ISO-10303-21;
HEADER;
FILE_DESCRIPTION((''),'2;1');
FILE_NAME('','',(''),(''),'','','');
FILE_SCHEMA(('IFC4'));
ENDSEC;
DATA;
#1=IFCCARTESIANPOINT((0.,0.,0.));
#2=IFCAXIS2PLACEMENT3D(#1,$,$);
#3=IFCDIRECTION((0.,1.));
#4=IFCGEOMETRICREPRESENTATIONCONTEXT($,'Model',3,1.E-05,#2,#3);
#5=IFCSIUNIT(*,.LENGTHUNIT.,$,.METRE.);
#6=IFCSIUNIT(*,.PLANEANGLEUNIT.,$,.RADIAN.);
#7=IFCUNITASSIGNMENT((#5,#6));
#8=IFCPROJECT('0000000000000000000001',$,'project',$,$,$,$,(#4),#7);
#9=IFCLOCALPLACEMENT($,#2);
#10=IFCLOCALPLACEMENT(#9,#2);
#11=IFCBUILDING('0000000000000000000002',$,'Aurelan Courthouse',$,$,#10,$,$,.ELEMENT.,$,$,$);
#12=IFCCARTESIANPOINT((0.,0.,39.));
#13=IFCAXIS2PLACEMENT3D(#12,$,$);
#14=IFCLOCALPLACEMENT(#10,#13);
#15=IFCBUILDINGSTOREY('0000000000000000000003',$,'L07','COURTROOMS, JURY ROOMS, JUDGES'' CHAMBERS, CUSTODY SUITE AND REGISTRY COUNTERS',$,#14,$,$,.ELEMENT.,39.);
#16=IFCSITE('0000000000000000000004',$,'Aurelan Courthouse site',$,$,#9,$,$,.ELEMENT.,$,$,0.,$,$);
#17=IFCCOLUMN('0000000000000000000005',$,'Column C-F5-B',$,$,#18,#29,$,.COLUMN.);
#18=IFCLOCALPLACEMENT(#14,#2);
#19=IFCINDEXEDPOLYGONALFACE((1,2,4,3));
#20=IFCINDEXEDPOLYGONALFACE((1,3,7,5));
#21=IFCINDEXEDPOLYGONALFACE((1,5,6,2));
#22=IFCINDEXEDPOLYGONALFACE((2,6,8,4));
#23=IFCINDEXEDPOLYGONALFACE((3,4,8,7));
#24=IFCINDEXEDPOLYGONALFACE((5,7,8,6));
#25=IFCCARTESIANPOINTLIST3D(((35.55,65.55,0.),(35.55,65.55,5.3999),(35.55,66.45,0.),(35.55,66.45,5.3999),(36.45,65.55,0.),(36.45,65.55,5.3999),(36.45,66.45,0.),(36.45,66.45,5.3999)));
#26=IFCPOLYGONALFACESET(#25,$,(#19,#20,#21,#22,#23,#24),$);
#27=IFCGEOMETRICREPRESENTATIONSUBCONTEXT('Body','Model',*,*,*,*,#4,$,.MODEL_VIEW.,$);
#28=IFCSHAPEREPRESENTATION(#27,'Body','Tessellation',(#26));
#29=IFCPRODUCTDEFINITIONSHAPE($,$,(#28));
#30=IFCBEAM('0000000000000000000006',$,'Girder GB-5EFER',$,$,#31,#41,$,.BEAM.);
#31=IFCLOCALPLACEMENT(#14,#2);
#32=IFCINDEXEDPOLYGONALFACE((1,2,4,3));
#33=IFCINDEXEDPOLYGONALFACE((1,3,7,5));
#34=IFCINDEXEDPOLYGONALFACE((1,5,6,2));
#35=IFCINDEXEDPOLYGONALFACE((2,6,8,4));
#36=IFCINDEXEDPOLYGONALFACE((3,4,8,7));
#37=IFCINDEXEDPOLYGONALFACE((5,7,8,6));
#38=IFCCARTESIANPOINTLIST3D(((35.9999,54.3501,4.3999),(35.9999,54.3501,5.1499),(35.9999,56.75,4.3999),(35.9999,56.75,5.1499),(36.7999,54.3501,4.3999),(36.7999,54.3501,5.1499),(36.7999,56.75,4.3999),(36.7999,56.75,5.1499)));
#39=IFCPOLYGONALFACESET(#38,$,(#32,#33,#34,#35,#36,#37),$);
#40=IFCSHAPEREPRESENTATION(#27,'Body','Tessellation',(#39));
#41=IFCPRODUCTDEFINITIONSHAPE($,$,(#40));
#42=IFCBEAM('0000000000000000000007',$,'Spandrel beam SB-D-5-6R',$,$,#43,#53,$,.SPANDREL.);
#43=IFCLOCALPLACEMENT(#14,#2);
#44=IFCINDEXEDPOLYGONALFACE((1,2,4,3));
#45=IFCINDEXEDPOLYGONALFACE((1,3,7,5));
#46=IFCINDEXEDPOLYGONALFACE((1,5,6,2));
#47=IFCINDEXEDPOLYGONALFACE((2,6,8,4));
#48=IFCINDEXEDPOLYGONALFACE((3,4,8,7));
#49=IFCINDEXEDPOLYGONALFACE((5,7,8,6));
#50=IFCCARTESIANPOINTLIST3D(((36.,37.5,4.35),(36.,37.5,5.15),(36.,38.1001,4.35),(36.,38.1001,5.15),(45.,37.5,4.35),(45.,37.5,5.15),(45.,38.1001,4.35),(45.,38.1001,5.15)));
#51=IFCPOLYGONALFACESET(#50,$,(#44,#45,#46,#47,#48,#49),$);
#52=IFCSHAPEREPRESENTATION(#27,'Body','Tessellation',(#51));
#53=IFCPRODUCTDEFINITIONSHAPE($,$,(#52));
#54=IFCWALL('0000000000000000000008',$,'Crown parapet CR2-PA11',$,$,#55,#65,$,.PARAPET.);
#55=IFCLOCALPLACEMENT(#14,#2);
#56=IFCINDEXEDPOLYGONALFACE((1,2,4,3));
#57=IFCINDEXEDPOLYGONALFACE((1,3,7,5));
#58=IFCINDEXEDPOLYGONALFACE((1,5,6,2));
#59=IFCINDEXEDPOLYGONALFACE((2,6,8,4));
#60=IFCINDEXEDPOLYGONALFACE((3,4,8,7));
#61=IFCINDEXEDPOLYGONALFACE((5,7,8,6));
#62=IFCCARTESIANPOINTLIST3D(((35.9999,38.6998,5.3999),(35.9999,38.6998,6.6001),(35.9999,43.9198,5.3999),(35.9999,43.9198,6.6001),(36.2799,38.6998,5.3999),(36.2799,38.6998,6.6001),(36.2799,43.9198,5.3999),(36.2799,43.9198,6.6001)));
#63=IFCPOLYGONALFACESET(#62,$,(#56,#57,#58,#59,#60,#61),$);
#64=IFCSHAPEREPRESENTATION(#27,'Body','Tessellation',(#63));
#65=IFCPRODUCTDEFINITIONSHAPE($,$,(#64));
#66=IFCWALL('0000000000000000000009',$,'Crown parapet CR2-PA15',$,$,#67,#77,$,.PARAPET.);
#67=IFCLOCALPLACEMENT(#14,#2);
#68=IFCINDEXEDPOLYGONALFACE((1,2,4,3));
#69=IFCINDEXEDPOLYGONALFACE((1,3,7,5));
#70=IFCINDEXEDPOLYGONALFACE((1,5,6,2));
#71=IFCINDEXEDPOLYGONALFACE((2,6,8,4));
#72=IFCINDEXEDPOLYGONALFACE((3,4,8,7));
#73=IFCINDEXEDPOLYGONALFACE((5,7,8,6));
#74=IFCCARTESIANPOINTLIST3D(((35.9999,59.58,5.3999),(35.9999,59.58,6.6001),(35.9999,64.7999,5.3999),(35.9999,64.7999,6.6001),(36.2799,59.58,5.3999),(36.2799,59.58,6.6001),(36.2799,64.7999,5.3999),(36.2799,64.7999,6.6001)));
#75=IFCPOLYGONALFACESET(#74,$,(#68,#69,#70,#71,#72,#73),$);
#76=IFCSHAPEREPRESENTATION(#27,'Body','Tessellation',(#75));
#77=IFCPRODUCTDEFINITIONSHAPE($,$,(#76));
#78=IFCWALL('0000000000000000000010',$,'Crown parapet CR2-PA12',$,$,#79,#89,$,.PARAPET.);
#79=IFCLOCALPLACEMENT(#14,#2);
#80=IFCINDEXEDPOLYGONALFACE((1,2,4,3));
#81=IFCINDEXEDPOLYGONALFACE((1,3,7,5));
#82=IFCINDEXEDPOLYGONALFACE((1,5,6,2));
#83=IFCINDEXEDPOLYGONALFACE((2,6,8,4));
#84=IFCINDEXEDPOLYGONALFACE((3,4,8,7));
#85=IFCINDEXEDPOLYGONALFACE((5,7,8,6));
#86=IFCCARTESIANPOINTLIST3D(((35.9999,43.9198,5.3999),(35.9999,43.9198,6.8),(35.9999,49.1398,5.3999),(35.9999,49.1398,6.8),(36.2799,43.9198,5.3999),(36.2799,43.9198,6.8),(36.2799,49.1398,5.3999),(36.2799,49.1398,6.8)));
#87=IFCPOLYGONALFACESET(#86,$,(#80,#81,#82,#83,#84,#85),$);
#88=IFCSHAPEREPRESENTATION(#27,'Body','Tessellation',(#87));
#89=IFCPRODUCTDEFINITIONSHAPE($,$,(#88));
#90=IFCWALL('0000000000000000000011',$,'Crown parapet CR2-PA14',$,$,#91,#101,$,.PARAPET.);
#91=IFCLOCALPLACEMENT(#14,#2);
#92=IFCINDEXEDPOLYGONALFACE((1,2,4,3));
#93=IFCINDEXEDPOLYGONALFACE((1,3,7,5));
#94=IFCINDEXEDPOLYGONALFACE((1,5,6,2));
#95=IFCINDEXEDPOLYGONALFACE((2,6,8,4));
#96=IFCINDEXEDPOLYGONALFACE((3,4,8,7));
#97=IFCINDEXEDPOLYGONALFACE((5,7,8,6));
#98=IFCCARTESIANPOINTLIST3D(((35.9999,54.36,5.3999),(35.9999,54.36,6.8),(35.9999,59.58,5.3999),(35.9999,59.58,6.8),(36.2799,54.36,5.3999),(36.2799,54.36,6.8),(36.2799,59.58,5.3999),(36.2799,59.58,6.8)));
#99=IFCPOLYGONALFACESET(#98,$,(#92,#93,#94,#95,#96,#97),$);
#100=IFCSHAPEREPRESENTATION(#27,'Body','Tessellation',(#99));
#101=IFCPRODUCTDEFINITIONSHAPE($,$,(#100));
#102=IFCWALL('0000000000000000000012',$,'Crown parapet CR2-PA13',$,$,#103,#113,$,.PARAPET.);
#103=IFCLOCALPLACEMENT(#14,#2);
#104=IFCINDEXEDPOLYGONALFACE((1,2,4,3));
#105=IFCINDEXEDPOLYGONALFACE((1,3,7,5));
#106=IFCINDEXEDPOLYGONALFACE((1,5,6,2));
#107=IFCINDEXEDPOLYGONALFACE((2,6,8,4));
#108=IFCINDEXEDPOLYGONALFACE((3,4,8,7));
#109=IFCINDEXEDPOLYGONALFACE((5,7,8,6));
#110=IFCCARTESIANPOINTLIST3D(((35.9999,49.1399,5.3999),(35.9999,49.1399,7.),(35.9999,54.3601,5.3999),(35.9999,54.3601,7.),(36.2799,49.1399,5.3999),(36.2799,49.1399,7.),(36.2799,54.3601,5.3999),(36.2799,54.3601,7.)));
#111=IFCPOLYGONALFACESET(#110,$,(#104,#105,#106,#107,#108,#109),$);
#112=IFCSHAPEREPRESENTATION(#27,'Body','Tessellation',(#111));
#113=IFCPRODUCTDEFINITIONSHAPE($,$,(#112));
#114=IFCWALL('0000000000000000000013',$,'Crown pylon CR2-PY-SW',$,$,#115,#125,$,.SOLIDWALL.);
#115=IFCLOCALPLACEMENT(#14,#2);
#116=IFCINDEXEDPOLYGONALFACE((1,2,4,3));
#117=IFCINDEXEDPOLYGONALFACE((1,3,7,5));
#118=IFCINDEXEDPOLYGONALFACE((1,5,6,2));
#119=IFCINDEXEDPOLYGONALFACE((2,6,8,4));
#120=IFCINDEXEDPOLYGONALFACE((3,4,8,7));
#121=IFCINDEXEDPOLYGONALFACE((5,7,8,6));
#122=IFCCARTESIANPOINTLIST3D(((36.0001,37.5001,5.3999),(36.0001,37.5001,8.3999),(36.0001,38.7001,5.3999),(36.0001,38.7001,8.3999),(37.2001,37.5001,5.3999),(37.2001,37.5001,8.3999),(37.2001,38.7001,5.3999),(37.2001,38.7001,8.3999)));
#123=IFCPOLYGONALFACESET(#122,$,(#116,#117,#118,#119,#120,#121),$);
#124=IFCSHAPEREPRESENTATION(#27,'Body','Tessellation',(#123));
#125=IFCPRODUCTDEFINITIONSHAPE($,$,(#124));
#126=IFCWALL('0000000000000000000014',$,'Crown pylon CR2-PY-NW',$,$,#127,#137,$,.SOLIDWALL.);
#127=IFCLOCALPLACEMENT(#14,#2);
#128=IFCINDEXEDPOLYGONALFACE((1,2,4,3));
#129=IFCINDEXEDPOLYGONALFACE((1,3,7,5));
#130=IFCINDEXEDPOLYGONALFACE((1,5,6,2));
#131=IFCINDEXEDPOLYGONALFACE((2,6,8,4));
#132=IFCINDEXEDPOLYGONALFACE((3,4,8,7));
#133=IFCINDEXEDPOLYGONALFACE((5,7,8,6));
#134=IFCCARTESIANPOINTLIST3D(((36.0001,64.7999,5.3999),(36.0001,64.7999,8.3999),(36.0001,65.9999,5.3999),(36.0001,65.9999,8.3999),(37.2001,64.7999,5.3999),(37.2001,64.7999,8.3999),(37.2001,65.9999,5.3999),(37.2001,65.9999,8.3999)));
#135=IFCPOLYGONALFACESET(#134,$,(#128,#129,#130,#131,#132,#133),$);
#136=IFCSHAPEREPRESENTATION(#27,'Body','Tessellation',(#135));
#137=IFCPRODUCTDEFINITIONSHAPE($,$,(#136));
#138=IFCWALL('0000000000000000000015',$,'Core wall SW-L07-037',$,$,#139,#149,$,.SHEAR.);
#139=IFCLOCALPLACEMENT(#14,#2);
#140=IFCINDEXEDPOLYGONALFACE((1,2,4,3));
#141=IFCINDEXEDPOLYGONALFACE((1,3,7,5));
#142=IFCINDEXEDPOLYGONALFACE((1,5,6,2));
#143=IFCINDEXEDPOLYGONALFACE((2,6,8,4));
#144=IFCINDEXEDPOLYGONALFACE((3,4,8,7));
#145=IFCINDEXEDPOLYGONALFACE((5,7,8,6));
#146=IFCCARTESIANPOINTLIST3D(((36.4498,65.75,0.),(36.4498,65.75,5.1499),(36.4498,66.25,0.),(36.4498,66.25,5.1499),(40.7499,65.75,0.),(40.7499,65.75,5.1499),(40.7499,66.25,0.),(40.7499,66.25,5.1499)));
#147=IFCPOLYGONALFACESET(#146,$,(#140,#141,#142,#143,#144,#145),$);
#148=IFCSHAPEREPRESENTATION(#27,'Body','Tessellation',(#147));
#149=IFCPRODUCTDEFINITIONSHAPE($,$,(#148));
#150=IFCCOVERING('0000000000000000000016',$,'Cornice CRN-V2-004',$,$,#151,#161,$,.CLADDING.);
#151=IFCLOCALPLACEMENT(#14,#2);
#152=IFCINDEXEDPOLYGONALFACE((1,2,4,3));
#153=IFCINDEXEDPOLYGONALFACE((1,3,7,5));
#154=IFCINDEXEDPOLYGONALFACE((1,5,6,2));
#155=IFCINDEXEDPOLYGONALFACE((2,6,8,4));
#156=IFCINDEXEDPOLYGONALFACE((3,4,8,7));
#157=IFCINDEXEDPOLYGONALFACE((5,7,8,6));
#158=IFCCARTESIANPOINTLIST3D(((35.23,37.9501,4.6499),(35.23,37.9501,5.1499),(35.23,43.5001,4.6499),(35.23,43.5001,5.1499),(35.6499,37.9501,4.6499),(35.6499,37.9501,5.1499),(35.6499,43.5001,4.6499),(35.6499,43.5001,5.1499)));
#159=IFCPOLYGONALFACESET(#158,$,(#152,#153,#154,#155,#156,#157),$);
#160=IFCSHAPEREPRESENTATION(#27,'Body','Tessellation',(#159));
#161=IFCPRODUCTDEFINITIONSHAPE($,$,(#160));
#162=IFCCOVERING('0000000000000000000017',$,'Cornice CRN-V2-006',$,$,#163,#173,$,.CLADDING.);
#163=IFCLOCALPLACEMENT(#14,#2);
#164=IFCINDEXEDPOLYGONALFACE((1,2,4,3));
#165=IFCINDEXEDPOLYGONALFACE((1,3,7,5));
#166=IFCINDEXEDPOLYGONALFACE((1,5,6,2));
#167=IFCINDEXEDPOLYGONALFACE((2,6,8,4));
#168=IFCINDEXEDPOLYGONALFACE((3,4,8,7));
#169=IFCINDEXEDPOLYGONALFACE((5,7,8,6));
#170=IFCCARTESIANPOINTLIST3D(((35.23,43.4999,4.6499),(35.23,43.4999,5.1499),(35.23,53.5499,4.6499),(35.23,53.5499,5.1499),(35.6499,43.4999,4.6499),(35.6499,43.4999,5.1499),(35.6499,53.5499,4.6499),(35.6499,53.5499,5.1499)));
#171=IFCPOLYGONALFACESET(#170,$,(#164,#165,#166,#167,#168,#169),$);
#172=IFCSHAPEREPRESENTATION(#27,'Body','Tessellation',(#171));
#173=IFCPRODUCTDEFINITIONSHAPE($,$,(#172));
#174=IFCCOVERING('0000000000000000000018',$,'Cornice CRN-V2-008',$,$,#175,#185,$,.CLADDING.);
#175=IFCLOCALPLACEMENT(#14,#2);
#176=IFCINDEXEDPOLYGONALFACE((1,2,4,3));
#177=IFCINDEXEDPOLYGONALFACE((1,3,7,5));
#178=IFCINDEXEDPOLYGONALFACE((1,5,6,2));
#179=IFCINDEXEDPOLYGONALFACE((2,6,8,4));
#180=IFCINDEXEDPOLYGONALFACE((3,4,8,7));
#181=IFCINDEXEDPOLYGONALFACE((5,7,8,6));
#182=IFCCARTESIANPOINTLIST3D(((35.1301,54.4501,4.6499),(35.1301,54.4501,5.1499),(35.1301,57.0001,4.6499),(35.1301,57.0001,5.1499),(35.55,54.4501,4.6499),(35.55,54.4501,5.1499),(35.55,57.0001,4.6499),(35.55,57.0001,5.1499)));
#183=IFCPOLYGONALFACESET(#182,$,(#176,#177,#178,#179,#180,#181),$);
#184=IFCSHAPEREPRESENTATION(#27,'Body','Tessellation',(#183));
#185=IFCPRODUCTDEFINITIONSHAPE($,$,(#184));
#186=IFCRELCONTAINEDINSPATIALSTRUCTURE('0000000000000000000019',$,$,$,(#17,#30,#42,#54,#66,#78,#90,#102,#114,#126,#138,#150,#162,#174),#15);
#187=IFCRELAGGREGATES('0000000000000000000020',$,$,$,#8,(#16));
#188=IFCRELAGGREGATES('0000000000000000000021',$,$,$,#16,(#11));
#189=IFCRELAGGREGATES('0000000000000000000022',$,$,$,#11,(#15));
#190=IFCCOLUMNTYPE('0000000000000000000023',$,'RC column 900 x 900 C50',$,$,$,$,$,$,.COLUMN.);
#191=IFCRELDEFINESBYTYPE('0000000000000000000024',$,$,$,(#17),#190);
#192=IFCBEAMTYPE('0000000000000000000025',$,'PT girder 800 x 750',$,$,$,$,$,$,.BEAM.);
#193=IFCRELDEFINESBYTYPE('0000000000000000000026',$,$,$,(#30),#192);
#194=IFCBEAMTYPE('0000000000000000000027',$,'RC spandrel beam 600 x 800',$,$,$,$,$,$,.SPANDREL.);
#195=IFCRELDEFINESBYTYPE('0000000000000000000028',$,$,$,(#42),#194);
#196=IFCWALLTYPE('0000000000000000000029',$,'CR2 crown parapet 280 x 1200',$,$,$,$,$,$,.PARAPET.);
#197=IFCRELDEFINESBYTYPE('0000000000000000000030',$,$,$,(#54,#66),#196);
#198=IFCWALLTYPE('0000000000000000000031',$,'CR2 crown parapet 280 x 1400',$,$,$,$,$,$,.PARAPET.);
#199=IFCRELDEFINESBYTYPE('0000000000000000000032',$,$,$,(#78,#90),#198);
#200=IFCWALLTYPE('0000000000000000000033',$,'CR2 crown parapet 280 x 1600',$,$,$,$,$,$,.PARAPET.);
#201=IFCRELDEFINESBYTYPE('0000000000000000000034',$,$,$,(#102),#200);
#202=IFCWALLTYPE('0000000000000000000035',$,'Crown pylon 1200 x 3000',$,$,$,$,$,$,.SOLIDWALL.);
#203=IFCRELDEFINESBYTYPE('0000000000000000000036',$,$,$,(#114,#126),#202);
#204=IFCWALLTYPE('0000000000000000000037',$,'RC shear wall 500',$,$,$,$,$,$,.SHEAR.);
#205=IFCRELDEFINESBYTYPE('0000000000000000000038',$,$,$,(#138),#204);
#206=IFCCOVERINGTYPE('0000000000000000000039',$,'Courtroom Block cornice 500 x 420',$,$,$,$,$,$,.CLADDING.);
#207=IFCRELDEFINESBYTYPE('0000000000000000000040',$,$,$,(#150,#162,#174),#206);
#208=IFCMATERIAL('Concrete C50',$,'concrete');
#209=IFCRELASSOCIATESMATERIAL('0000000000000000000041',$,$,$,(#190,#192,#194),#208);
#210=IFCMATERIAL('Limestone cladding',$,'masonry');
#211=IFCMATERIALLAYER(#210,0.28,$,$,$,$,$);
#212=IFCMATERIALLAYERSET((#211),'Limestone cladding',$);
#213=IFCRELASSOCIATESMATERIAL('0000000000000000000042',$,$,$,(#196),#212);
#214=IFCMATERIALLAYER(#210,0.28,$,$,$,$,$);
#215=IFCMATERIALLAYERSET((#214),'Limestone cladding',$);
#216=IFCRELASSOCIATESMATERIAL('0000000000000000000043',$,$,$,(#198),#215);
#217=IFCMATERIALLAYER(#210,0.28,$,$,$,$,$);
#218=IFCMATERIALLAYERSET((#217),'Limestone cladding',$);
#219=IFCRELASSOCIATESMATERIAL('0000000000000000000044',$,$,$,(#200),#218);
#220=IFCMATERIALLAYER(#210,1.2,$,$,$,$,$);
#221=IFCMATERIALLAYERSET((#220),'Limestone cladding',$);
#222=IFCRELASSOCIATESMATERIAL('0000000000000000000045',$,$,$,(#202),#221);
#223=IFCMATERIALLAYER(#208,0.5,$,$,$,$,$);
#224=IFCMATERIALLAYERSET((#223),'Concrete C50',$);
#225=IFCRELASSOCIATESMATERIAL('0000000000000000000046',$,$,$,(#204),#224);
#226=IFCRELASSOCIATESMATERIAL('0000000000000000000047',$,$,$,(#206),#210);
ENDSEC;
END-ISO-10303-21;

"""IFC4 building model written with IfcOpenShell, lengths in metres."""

from ifc_helpers import new_model, si_unit, direction, frame, frame_2d, origin, origin_2d, place, context, subcontext, project, spatial, rectangle, extrude, material, layer, layer_set, material_profile, profile_set, type_object, element, save


model = new_model("IFC4")

# Units and contexts
model_context = context("Model", 3, precision=1e-05, world=origin(), true_north=direction((0.0, 1.0)))
body_context = subcontext(model_context, "Body", "Model", "MODEL_VIEW")
ifc_project = project(units=[si_unit("LENGTHUNIT", "METRE"), si_unit("PLANEANGLEUNIT", "RADIAN")], contexts=[model_context])

# Site, building, storey
site_placement = place(None, origin())
site = spatial("IfcSite", under=ifc_project, at=site_placement, Name="Aurelan Courthouse site", CompositionType="ELEMENT", RefElevation=0.0)
building_placement = place(site_placement, origin())
building = spatial("IfcBuilding", under=site, at=building_placement, Name="Aurelan Courthouse", CompositionType="ELEMENT")
storey_placement = place(building_placement, frame((0.0, 0.0, 39.0)))
storey = spatial("IfcBuildingStorey", under=building, at=storey_placement, Name="L07", Description="COURTROOMS, JURY ROOMS, JUDGES' CHAMBERS, CUSTODY SUITE AND REGISTRY COUNTERS", CompositionType="ELEMENT", Elevation=39.0)

# Column
ifc_material_1 = material(Name="Concrete C50", Category="concrete")
ifc_material_profile_1 = material_profile(ifc_material_1, rectangle(XDim=0.8999, YDim=0.8999, at=origin_2d()), Name="RC 900 x 900")
ifc_profile_set_1 = profile_set([ifc_material_profile_1], Name="Concrete C50")
column_type = type_object("IfcColumnType", Name="RC column 900 x 900 C50", PredefinedType="COLUMN", material=ifc_profile_set_1)
column_placement = place(storey_placement, frame((36.0, 66.0, 0.0), z_axis=(0.0, 0.0, 1.0), x_axis=(1.0, 0.0, 0.0)))
element("IfcColumn", 1, at=column_placement, inside=storey, type_object=column_type, Name="Column C-F5-B", PredefinedType="COLUMN", context=body_context, shape_type="SweptSolid", body=[
    extrude(rectangle(XDim=0.8999, YDim=0.8999, at=origin_2d()), origin(), (0.0, 0.0, 1.0), 5.3999),
])

# Beams
ifc_material_profile_2 = material_profile(ifc_material_1, rectangle(XDim=0.8, YDim=0.75, at=origin_2d()), Name="RC 800 x 750")
ifc_profile_set_2 = profile_set([ifc_material_profile_2], Name="Concrete C50")
beam_type_1 = type_object("IfcBeamType", Name="PT girder 800 x 750", PredefinedType="BEAM", material=ifc_profile_set_2)
beam_1_placement = place(storey_placement, frame((36.3999, 54.3501, 4.7749), z_axis=(0.0, 1.0, 0.0), x_axis=(-1.0, 0.0, 0.0)))
element("IfcBeam", 2, at=beam_1_placement, inside=storey, type_object=beam_type_1, Name="Girder GB-5EFER", PredefinedType="BEAM", context=body_context, shape_type="SweptSolid", body=[
    extrude(rectangle(XDim=0.8, YDim=0.75, at=origin_2d()), origin(), (0.0, 0.0, 1.0), 2.3999),
])
ifc_material_profile_3 = material_profile(ifc_material_1, rectangle(XDim=0.6001, YDim=0.8, at=origin_2d()), Name="RC 600 x 800")
ifc_profile_set_3 = profile_set([ifc_material_profile_3], Name="Concrete C50")
beam_type_2 = type_object("IfcBeamType", Name="RC spandrel beam 600 x 800", PredefinedType="SPANDREL", material=ifc_profile_set_3)
beam_2_placement = place(storey_placement, frame((36.0, 37.8, 4.75), z_axis=(1.0, 0.0, 0.0), x_axis=(0.0, 1.0, 0.0)))
element("IfcBeam", 3, at=beam_2_placement, inside=storey, type_object=beam_type_2, Name="Spandrel beam SB-D-5-6R", PredefinedType="SPANDREL", context=body_context, shape_type="SweptSolid", body=[
    extrude(rectangle(XDim=0.6001, YDim=0.8, at=origin_2d()), origin(), (0.0, 0.0, 1.0), 9.0),
])

# Walls
ifc_material_2 = material(Name="Limestone cladding", Category="masonry")
ifc_layer_1 = layer(ifc_material_2, 0.28)
ifc_layer_set_1 = layer_set([ifc_layer_1], Name="Limestone cladding")
wall_type_1 = type_object("IfcWallType", Name="CR2 crown parapet 280 x 1200", PredefinedType="PARAPET", material=ifc_layer_set_1)
for number, where, z_axis, x_axis, name in (
    (4, (36.1399, 38.7, 5.3999), (0.0, 0.0, 1.0), (0.0, 1.0, 0.0), "Crown parapet CR2-PA11"),
    (5, (36.1399, 59.5801, 5.3999), (0.0, 0.0, 1.0), (0.0, 1.0, 0.0), "Crown parapet CR2-PA15"),
):
    element("IfcWall", number, at=place(storey_placement, frame(where, z_axis=z_axis, x_axis=x_axis)), inside=storey, type_object=wall_type_1, Name=name, PredefinedType="PARAPET", context=body_context, shape_type="SweptSolid", body=[
        extrude(rectangle(XDim=5.22, YDim=0.28, at=frame_2d((2.6099, 0.0))), origin(), (0.0, 0.0, 1.0), 1.2002),
    ])
ifc_layer_2 = layer(ifc_material_2, 0.28)
ifc_layer_set_2 = layer_set([ifc_layer_2], Name="Limestone cladding")
wall_type_2 = type_object("IfcWallType", Name="CR2 crown parapet 280 x 1400", PredefinedType="PARAPET", material=ifc_layer_set_2)
for number, where, z_axis, x_axis, name in (
    (6, (36.1399, 43.9199, 5.3999), (0.0, 0.0, 1.0), (0.0, 1.0, 0.0), "Crown parapet CR2-PA12"),
    (7, (36.1399, 54.3601, 5.3999), (0.0, 0.0, 1.0), (0.0, 1.0, 0.0), "Crown parapet CR2-PA14"),
):
    element("IfcWall", number, at=place(storey_placement, frame(where, z_axis=z_axis, x_axis=x_axis)), inside=storey, type_object=wall_type_2, Name=name, PredefinedType="PARAPET", context=body_context, shape_type="SweptSolid", body=[
        extrude(rectangle(XDim=5.22, YDim=0.28, at=frame_2d((2.6099, 0.0))), origin(), (0.0, 0.0, 1.0), 1.4001),
    ])
ifc_layer_3 = layer(ifc_material_2, 0.28)
ifc_layer_set_3 = layer_set([ifc_layer_3], Name="Limestone cladding")
wall_type_3 = type_object("IfcWallType", Name="CR2 crown parapet 280 x 1600", PredefinedType="PARAPET", material=ifc_layer_set_3)
wall_1_placement = place(storey_placement, frame((36.1399, 49.1399, 5.3999), z_axis=(0.0, 0.0, 1.0), x_axis=(0.0, 1.0, 0.0)))
element("IfcWall", 8, at=wall_1_placement, inside=storey, type_object=wall_type_3, Name="Crown parapet CR2-PA13", PredefinedType="PARAPET", context=body_context, shape_type="SweptSolid", body=[
    extrude(rectangle(XDim=5.2202, YDim=0.28, at=frame_2d((2.6101, 0.0))), origin(), (0.0, 0.0, 1.0), 1.6001),
])
ifc_layer_4 = layer(ifc_material_2, 1.2)
ifc_layer_set_4 = layer_set([ifc_layer_4], Name="Limestone cladding")
wall_type_4 = type_object("IfcWallType", Name="Crown pylon 1200 x 3000", PredefinedType="SOLIDWALL", material=ifc_layer_set_4)
for number, where, z_axis, x_axis, name in (
    (9, (36.0, 38.1001, 5.3999), (0.0, 0.0, 1.0), (1.0, 0.0, 0.0), "Crown pylon CR2-PY-SW"),
    (10, (36.0, 65.3999, 5.3999), (0.0, 0.0, 1.0), (1.0, 0.0, 0.0), "Crown pylon CR2-PY-NW"),
):
    element("IfcWall", number, at=place(storey_placement, frame(where, z_axis=z_axis, x_axis=x_axis)), inside=storey, type_object=wall_type_4, Name=name, PredefinedType="SOLIDWALL", context=body_context, shape_type="SweptSolid", body=[
        extrude(rectangle(XDim=1.2, YDim=1.2, at=frame_2d((0.6001, 0.0))), origin(), (0.0, 0.0, 1.0), 3.0),
    ])
ifc_layer_5 = layer(ifc_material_1, 0.5)
ifc_layer_set_5 = layer_set([ifc_layer_5], Name="Concrete C50")
wall_type_5 = type_object("IfcWallType", Name="RC shear wall 500", PredefinedType="SHEAR", material=ifc_layer_set_5)
wall_2_placement = place(storey_placement, frame((36.45, 66.0, 0.0), z_axis=(0.0, 0.0, 1.0), x_axis=(1.0, 0.0, 0.0)))
element("IfcWall", 11, at=wall_2_placement, inside=storey, type_object=wall_type_5, Name="Core wall SW-L07-037", PredefinedType="SHEAR", context=body_context, shape_type="SweptSolid", body=[
    extrude(rectangle(XDim=4.3, YDim=0.5, at=frame_2d((2.1499, 0.0))), origin(), (0.0, 0.0, 1.0), 5.1499),
])

# Coverings
covering_type_1 = type_object("IfcCoveringType", Name="Courtroom Block cornice 500 x 420", PredefinedType="CLADDING", material=ifc_material_2)
covering_1_placement = place(storey_placement, frame((35.4399, 40.7251, 4.6499), z_axis=(0.0, 0.0, 1.0), x_axis=(1.0, 0.0, 0.0)))
element("IfcCovering", 12, at=covering_1_placement, inside=storey, type_object=covering_type_1, Name="Cornice CRN-V2-004", PredefinedType="CLADDING", context=body_context, shape_type="SweptSolid", body=[
    extrude(rectangle(XDim=0.4199, YDim=5.55, at=origin_2d()), origin(), (0.0, 0.0, 1.0), 0.5),
])
covering_2_placement = place(storey_placement, frame((35.4399, 48.5249, 4.6499), z_axis=(0.0, 0.0, 1.0), x_axis=(1.0, 0.0, 0.0)))
element("IfcCovering", 13, at=covering_2_placement, inside=storey, type_object=covering_type_1, Name="Cornice CRN-V2-006", PredefinedType="CLADDING", context=body_context, shape_type="SweptSolid", body=[
    extrude(rectangle(XDim=0.4199, YDim=10.05, at=origin_2d()), origin(), (0.0, 0.0, 1.0), 0.5),
])
covering_3_placement = place(storey_placement, frame((35.3401, 55.7251, 4.6499), z_axis=(0.0, 0.0, 1.0), x_axis=(1.0, 0.0, 0.0)))
element("IfcCovering", 14, at=covering_3_placement, inside=storey, type_object=covering_type_1, Name="Cornice CRN-V2-008", PredefinedType="CLADDING", context=body_context, shape_type="SweptSolid", body=[
    extrude(rectangle(XDim=0.4199, YDim=2.55, at=origin_2d()), origin(), (0.0, 0.0, 1.0), 0.5),
])

save(model, "model.ifc")
